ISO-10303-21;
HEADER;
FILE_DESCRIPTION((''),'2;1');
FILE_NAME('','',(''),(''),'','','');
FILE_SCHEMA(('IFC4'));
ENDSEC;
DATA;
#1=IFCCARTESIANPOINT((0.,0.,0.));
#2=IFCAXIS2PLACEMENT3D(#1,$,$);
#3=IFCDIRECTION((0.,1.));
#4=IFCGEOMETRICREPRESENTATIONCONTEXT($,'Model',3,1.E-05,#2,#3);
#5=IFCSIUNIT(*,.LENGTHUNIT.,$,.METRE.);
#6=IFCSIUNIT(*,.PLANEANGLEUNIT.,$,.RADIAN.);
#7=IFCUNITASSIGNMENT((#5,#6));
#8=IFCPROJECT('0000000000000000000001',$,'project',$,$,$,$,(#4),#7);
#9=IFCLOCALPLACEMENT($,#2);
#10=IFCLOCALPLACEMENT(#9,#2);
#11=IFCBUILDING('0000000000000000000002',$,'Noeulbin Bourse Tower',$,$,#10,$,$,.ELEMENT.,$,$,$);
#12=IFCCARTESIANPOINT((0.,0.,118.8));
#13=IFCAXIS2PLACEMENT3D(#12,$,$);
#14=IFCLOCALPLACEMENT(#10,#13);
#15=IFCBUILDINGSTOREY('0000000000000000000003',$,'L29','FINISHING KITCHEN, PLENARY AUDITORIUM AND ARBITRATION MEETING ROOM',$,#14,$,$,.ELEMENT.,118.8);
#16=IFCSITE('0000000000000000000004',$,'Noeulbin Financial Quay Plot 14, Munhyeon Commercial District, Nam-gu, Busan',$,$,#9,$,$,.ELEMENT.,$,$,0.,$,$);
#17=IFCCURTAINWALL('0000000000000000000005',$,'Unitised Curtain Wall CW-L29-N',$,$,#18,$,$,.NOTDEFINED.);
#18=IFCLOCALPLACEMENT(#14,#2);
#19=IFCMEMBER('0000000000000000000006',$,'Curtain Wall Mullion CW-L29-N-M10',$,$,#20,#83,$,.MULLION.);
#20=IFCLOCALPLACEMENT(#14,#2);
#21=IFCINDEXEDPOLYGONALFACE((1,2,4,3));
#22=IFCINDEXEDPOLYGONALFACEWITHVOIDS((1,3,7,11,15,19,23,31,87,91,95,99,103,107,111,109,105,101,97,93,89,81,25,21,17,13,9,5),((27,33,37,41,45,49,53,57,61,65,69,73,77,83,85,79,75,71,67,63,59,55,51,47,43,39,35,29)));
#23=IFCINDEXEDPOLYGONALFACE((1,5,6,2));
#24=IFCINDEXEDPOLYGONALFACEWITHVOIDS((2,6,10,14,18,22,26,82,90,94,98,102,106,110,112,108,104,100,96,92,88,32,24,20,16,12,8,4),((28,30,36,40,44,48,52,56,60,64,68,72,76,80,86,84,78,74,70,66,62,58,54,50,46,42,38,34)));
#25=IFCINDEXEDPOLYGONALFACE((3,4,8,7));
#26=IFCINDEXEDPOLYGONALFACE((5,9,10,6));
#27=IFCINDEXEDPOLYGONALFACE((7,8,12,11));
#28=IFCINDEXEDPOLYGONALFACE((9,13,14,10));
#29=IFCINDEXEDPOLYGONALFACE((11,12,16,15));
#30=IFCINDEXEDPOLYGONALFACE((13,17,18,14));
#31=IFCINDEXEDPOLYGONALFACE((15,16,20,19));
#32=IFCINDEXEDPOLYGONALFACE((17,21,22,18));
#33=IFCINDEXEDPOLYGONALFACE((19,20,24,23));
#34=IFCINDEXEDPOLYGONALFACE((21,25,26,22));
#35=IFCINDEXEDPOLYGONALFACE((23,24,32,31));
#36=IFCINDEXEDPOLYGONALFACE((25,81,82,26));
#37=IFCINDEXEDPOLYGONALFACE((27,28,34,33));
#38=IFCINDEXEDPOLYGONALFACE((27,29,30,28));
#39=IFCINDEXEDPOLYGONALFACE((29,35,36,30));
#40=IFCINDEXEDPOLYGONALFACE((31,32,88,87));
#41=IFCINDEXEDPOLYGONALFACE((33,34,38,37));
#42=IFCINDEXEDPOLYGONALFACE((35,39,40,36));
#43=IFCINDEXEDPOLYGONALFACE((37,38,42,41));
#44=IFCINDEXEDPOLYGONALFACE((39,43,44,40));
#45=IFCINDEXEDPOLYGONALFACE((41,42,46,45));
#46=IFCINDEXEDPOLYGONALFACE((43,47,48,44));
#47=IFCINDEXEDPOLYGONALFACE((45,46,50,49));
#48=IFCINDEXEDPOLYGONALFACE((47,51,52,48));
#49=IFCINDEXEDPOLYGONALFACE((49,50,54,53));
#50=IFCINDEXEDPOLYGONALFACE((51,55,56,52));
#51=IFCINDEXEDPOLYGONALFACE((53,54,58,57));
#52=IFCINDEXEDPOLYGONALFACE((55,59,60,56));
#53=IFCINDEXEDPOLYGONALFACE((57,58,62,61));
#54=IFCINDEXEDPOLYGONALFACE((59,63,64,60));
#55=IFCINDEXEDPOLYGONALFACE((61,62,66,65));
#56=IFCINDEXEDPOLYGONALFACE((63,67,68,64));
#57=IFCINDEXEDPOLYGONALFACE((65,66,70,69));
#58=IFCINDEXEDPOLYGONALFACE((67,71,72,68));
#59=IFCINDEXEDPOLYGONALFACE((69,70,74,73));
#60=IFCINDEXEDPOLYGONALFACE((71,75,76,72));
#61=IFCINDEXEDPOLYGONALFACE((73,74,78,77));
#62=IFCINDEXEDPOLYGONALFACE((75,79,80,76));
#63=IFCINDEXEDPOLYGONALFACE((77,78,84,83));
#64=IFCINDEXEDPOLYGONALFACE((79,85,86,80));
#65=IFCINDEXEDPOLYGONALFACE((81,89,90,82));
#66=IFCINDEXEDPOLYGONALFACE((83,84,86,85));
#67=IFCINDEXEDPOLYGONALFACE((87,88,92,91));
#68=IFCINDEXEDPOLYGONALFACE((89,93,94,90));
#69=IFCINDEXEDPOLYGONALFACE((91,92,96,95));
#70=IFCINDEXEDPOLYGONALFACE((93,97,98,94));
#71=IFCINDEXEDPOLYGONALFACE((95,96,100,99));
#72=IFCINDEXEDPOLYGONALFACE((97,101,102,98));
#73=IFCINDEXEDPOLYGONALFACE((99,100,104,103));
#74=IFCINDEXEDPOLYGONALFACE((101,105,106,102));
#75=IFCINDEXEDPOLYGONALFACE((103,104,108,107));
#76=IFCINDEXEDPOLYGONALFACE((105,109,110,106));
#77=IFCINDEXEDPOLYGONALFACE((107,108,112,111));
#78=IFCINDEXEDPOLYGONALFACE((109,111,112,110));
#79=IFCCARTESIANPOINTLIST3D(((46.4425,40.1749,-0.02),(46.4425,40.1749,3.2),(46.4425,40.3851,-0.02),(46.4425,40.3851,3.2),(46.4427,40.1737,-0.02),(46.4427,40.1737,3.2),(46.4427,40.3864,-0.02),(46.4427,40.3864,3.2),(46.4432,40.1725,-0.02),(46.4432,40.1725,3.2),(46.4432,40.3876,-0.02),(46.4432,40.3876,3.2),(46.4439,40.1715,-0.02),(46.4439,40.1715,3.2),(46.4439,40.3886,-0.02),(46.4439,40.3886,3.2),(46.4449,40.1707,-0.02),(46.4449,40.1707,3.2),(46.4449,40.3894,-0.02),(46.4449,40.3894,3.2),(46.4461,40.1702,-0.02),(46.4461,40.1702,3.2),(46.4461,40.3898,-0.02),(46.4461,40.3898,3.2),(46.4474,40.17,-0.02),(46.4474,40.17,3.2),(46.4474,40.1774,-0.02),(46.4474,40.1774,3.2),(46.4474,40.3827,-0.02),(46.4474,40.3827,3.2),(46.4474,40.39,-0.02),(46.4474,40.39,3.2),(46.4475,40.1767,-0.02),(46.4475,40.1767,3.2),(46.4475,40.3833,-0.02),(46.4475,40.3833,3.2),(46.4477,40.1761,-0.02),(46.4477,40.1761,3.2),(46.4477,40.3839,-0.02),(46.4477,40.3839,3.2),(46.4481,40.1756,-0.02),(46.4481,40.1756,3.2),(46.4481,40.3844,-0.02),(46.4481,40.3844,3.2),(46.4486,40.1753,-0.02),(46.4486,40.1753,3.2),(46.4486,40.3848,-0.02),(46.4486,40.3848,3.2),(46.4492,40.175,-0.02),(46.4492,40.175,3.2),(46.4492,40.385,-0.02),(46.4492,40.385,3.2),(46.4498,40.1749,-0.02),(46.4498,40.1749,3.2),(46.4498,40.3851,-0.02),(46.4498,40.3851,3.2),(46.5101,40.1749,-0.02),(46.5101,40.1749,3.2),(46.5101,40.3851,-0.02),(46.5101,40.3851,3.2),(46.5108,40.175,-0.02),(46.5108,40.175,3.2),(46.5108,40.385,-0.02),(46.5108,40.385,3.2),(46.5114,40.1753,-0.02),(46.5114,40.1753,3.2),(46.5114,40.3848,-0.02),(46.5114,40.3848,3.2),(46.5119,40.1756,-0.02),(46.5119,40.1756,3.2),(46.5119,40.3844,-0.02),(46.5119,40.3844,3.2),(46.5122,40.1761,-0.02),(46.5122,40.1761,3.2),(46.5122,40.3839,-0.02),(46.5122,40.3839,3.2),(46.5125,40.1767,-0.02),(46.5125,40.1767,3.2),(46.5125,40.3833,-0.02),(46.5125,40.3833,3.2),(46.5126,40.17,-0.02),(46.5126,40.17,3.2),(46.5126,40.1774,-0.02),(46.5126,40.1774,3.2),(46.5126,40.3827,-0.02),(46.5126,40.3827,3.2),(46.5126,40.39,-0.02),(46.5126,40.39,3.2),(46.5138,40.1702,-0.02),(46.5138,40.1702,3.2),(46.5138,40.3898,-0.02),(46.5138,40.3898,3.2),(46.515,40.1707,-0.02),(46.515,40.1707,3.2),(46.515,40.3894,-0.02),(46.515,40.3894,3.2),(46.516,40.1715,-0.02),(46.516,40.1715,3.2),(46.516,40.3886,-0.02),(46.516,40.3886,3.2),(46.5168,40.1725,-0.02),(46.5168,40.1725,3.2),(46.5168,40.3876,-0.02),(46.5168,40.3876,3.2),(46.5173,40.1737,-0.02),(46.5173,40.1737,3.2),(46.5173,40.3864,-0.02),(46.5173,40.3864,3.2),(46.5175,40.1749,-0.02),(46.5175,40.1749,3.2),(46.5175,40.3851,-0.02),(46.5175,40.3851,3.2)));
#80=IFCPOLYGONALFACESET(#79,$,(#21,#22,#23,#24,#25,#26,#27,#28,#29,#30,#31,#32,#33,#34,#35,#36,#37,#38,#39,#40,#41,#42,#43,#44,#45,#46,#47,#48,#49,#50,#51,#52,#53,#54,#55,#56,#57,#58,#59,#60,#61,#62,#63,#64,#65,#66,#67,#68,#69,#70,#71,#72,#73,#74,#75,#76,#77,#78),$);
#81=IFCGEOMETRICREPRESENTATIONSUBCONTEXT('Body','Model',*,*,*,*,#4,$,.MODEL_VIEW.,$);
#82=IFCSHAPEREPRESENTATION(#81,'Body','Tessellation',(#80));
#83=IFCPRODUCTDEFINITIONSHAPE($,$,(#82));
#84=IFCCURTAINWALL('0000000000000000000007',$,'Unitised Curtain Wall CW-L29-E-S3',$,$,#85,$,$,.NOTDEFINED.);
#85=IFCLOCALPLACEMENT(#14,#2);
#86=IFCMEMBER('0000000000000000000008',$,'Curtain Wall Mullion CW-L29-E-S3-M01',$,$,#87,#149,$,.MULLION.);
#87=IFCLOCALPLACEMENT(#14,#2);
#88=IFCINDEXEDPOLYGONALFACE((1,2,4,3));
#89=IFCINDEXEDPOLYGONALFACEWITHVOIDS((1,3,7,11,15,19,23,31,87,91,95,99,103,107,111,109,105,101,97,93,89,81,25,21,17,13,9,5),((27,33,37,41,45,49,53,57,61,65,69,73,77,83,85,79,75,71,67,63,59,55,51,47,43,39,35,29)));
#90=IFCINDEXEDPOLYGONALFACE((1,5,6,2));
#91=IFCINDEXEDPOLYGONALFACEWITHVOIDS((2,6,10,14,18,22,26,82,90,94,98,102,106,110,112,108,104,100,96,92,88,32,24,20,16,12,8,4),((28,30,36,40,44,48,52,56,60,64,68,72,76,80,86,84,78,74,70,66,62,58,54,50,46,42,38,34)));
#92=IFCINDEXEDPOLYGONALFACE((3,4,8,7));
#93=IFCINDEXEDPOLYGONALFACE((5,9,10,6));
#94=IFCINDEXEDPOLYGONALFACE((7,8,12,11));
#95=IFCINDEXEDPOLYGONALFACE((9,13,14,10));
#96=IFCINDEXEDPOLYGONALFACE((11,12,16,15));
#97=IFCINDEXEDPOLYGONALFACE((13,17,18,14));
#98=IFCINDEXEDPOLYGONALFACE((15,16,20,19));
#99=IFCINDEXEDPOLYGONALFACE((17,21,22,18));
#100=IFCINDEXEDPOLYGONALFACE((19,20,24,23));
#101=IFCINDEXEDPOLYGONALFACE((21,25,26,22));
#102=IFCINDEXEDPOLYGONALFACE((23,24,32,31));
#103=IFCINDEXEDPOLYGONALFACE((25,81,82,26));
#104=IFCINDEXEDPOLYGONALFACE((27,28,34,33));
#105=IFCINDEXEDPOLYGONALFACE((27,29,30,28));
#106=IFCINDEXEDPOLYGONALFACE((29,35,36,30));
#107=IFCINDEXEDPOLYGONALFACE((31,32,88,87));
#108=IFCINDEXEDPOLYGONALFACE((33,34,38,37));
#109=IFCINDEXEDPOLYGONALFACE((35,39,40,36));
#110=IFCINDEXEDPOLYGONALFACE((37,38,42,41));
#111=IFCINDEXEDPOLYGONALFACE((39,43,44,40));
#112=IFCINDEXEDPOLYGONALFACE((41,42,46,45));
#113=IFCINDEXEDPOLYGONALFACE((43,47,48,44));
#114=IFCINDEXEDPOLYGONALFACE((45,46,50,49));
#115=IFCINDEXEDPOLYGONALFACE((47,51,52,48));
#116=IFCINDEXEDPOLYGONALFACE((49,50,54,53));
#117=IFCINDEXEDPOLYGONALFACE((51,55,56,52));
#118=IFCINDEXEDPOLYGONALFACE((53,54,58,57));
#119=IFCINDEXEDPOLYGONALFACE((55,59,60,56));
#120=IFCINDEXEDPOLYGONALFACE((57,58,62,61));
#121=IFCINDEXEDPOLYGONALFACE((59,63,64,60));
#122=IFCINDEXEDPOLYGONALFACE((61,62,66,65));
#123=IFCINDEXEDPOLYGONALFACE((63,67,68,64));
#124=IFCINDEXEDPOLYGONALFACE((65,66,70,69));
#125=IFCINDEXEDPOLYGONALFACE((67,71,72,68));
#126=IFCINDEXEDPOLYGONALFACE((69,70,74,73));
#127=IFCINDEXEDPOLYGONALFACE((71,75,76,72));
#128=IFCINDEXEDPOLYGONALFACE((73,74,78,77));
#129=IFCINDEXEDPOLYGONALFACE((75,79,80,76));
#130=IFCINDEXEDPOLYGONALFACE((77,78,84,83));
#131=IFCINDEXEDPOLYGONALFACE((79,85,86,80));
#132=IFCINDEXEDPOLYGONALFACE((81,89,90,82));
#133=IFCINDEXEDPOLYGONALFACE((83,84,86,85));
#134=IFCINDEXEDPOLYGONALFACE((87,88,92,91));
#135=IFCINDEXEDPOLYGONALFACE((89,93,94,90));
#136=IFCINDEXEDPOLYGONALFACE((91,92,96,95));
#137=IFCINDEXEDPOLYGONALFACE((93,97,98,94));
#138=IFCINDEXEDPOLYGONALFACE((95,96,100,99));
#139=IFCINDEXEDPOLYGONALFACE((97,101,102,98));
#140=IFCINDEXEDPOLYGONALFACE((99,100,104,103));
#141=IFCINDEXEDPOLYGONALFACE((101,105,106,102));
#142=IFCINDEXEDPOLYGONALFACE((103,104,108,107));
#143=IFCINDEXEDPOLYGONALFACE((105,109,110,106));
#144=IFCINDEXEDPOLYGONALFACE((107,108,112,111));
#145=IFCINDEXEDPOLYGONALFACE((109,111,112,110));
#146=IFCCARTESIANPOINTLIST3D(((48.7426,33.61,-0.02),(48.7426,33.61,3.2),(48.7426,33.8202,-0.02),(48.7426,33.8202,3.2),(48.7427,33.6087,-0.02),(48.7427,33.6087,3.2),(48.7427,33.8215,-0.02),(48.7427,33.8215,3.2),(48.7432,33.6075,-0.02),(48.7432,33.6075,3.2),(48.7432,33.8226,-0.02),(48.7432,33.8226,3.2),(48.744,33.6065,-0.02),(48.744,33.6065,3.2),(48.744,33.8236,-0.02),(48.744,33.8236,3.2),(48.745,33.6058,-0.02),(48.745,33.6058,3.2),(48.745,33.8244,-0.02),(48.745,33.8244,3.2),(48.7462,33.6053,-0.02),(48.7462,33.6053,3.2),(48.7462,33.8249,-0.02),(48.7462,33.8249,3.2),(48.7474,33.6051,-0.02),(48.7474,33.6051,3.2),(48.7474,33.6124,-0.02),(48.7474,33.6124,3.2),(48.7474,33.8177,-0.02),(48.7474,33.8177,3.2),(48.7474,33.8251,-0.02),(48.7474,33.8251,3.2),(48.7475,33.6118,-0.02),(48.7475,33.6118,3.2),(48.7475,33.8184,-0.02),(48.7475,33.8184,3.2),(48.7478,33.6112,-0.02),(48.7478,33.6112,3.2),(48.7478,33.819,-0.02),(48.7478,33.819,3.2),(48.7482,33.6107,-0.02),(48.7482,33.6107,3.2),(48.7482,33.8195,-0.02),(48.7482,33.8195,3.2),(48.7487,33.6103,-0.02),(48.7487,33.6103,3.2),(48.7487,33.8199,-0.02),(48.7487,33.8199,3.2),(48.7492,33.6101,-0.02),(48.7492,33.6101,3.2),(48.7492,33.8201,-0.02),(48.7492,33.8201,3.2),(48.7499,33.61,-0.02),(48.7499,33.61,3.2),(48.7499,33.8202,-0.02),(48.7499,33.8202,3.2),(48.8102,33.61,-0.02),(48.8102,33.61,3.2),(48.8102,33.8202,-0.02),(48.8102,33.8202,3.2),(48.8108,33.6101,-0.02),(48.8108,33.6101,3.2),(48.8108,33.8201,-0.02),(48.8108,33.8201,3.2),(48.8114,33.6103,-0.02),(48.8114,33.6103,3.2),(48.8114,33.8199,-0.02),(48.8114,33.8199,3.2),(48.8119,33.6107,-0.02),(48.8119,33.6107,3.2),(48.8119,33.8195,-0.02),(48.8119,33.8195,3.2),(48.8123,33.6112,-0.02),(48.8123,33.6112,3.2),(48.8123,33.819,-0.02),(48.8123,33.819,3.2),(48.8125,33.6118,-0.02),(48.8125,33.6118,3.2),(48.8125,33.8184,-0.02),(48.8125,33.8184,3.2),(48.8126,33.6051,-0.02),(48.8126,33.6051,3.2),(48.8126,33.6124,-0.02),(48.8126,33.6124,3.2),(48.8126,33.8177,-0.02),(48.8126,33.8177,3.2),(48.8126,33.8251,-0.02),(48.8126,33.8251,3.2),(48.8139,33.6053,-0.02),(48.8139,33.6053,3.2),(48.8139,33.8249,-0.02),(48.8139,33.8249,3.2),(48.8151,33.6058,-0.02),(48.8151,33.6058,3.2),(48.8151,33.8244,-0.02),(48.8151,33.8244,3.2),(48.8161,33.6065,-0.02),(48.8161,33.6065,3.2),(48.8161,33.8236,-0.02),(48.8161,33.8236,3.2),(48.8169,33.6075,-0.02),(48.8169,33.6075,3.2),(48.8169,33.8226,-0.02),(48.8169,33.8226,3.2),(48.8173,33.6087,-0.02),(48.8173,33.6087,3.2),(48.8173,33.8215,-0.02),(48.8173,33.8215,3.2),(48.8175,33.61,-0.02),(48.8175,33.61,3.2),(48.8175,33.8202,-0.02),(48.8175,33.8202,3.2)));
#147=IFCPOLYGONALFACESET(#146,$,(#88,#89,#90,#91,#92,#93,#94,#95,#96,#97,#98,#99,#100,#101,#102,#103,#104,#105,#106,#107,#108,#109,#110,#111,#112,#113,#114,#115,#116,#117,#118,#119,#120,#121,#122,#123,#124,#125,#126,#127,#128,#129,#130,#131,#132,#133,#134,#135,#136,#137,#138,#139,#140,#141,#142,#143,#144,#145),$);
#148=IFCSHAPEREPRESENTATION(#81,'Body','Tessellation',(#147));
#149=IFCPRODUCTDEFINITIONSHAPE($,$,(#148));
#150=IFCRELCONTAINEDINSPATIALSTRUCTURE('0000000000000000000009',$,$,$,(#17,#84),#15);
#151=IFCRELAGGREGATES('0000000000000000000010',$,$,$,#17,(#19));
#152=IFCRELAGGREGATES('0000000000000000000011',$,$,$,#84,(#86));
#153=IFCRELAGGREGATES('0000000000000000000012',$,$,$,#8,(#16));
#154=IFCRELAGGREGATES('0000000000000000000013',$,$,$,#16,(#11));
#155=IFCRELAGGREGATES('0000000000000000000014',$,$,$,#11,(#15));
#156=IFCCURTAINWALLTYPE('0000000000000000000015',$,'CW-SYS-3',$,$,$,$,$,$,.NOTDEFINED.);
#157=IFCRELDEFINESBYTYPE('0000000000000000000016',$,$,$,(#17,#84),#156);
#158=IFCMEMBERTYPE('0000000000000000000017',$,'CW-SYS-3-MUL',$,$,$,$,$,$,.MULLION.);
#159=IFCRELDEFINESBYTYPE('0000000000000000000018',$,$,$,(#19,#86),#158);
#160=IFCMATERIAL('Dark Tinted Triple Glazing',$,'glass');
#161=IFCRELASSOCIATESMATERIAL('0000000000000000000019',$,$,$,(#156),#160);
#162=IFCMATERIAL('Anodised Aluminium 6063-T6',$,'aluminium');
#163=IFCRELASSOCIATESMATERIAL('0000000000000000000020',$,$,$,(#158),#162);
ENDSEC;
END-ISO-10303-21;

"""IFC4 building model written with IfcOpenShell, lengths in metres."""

from ifc_helpers import new_model, si_unit, direction, frame, origin, origin_2d, place, context, subcontext, project, spatial, hollow_rectangle, extrude, material, material_profile, profile_set, type_object, element, aggregate, save


model = new_model("IFC4")

# Units and contexts
model_context = context("Model", 3, precision=1e-05, world=origin(), true_north=direction((0.0, 1.0)))
body_context = subcontext(model_context, "Body", "Model", "MODEL_VIEW")
ifc_project = project(units=[si_unit("LENGTHUNIT", "METRE"), si_unit("PLANEANGLEUNIT", "RADIAN")], contexts=[model_context])

# Site, building, storey
site_placement = place(None, origin())
site = spatial("IfcSite", under=ifc_project, at=site_placement, Name="Noeulbin Financial Quay Plot 14, Munhyeon Commercial District, Nam-gu, Busan", CompositionType="ELEMENT", RefElevation=0.0)
building_placement = place(site_placement, origin())
building = spatial("IfcBuilding", under=site, at=building_placement, Name="Noeulbin Bourse Tower", CompositionType="ELEMENT")
storey_placement = place(building_placement, frame((0.0, 0.0, 118.8)))
storey = spatial("IfcBuildingStorey", under=building, at=storey_placement, Name="L29", Description="FINISHING KITCHEN, PLENARY AUDITORIUM AND ARBITRATION MEETING ROOM", CompositionType="ELEMENT", Elevation=118.8)

# Curtain walls, members
ifc_material_1 = material(Name="Dark Tinted Triple Glazing", Category="glass")
curtain_wall_type = type_object("IfcCurtainWallType", Name="CW-SYS-3", PredefinedType="NOTDEFINED", material=ifc_material_1)
curtain_wall_1_placement = place(storey_placement, origin())
curtain_wall_1 = element("IfcCurtainWall", 1, at=curtain_wall_1_placement, inside=storey, type_object=curtain_wall_type, Name="Unitised Curtain Wall CW-L29-N", PredefinedType="NOTDEFINED")
ifc_material_2 = material(Name="Anodised Aluminium 6063-T6", Category="aluminium")
ifc_material_profile_1 = material_profile(ifc_material_2, hollow_rectangle(XDim=0.075, YDim=0.22, WallThickness=0.0049, InnerFilletRadius=0.0024, OuterFilletRadius=0.0049, at=origin_2d()), Name="ALU-MULL-75x220x5", Category="LoadBearing")
ifc_profile_set_1 = profile_set([ifc_material_profile_1], Name="Anodised Aluminium 6063-T6")
member_type_1 = type_object("IfcMemberType", Name="CW-SYS-3-MUL", PredefinedType="MULLION", material=ifc_profile_set_1)
member_1_placement = place(storey_placement, frame((46.48, 40.28, -0.02), z_axis=(0.0, 0.0, 1.0), x_axis=(1.0, 0.0, 0.0)))
member_1 = element("IfcMember", 2, at=member_1_placement, type_object=member_type_1, Name="Curtain Wall Mullion CW-L29-N-M10", PredefinedType="MULLION", context=body_context, shape_type="SweptSolid", body=[
    extrude(hollow_rectangle(XDim=0.075, YDim=0.22, WallThickness=0.0049, InnerFilletRadius=0.0024, OuterFilletRadius=0.0049, at=origin_2d()), origin(), (0.0, 0.0, 1.0), 3.22),
])
curtain_wall_2_placement = place(storey_placement, origin())
curtain_wall_2 = element("IfcCurtainWall", 3, at=curtain_wall_2_placement, inside=storey, type_object=curtain_wall_type, Name="Unitised Curtain Wall CW-L29-E-S3", PredefinedType="NOTDEFINED")
member_2_placement = place(storey_placement, frame((48.78, 33.7151, -0.02), z_axis=(0.0, 0.0, 1.0), x_axis=(1.0, 0.0, 0.0)))
member_2 = element("IfcMember", 4, at=member_2_placement, type_object=member_type_1, Name="Curtain Wall Mullion CW-L29-E-S3-M01", PredefinedType="MULLION", context=body_context, shape_type="SweptSolid", body=[
    extrude(hollow_rectangle(XDim=0.075, YDim=0.22, WallThickness=0.0049, InnerFilletRadius=0.0024, OuterFilletRadius=0.0049, at=origin_2d()), origin(), (0.0, 0.0, 1.0), 3.22),
])

aggregate(curtain_wall_1, [member_1])
aggregate(curtain_wall_2, [member_2])

save(model, "model.ifc")
